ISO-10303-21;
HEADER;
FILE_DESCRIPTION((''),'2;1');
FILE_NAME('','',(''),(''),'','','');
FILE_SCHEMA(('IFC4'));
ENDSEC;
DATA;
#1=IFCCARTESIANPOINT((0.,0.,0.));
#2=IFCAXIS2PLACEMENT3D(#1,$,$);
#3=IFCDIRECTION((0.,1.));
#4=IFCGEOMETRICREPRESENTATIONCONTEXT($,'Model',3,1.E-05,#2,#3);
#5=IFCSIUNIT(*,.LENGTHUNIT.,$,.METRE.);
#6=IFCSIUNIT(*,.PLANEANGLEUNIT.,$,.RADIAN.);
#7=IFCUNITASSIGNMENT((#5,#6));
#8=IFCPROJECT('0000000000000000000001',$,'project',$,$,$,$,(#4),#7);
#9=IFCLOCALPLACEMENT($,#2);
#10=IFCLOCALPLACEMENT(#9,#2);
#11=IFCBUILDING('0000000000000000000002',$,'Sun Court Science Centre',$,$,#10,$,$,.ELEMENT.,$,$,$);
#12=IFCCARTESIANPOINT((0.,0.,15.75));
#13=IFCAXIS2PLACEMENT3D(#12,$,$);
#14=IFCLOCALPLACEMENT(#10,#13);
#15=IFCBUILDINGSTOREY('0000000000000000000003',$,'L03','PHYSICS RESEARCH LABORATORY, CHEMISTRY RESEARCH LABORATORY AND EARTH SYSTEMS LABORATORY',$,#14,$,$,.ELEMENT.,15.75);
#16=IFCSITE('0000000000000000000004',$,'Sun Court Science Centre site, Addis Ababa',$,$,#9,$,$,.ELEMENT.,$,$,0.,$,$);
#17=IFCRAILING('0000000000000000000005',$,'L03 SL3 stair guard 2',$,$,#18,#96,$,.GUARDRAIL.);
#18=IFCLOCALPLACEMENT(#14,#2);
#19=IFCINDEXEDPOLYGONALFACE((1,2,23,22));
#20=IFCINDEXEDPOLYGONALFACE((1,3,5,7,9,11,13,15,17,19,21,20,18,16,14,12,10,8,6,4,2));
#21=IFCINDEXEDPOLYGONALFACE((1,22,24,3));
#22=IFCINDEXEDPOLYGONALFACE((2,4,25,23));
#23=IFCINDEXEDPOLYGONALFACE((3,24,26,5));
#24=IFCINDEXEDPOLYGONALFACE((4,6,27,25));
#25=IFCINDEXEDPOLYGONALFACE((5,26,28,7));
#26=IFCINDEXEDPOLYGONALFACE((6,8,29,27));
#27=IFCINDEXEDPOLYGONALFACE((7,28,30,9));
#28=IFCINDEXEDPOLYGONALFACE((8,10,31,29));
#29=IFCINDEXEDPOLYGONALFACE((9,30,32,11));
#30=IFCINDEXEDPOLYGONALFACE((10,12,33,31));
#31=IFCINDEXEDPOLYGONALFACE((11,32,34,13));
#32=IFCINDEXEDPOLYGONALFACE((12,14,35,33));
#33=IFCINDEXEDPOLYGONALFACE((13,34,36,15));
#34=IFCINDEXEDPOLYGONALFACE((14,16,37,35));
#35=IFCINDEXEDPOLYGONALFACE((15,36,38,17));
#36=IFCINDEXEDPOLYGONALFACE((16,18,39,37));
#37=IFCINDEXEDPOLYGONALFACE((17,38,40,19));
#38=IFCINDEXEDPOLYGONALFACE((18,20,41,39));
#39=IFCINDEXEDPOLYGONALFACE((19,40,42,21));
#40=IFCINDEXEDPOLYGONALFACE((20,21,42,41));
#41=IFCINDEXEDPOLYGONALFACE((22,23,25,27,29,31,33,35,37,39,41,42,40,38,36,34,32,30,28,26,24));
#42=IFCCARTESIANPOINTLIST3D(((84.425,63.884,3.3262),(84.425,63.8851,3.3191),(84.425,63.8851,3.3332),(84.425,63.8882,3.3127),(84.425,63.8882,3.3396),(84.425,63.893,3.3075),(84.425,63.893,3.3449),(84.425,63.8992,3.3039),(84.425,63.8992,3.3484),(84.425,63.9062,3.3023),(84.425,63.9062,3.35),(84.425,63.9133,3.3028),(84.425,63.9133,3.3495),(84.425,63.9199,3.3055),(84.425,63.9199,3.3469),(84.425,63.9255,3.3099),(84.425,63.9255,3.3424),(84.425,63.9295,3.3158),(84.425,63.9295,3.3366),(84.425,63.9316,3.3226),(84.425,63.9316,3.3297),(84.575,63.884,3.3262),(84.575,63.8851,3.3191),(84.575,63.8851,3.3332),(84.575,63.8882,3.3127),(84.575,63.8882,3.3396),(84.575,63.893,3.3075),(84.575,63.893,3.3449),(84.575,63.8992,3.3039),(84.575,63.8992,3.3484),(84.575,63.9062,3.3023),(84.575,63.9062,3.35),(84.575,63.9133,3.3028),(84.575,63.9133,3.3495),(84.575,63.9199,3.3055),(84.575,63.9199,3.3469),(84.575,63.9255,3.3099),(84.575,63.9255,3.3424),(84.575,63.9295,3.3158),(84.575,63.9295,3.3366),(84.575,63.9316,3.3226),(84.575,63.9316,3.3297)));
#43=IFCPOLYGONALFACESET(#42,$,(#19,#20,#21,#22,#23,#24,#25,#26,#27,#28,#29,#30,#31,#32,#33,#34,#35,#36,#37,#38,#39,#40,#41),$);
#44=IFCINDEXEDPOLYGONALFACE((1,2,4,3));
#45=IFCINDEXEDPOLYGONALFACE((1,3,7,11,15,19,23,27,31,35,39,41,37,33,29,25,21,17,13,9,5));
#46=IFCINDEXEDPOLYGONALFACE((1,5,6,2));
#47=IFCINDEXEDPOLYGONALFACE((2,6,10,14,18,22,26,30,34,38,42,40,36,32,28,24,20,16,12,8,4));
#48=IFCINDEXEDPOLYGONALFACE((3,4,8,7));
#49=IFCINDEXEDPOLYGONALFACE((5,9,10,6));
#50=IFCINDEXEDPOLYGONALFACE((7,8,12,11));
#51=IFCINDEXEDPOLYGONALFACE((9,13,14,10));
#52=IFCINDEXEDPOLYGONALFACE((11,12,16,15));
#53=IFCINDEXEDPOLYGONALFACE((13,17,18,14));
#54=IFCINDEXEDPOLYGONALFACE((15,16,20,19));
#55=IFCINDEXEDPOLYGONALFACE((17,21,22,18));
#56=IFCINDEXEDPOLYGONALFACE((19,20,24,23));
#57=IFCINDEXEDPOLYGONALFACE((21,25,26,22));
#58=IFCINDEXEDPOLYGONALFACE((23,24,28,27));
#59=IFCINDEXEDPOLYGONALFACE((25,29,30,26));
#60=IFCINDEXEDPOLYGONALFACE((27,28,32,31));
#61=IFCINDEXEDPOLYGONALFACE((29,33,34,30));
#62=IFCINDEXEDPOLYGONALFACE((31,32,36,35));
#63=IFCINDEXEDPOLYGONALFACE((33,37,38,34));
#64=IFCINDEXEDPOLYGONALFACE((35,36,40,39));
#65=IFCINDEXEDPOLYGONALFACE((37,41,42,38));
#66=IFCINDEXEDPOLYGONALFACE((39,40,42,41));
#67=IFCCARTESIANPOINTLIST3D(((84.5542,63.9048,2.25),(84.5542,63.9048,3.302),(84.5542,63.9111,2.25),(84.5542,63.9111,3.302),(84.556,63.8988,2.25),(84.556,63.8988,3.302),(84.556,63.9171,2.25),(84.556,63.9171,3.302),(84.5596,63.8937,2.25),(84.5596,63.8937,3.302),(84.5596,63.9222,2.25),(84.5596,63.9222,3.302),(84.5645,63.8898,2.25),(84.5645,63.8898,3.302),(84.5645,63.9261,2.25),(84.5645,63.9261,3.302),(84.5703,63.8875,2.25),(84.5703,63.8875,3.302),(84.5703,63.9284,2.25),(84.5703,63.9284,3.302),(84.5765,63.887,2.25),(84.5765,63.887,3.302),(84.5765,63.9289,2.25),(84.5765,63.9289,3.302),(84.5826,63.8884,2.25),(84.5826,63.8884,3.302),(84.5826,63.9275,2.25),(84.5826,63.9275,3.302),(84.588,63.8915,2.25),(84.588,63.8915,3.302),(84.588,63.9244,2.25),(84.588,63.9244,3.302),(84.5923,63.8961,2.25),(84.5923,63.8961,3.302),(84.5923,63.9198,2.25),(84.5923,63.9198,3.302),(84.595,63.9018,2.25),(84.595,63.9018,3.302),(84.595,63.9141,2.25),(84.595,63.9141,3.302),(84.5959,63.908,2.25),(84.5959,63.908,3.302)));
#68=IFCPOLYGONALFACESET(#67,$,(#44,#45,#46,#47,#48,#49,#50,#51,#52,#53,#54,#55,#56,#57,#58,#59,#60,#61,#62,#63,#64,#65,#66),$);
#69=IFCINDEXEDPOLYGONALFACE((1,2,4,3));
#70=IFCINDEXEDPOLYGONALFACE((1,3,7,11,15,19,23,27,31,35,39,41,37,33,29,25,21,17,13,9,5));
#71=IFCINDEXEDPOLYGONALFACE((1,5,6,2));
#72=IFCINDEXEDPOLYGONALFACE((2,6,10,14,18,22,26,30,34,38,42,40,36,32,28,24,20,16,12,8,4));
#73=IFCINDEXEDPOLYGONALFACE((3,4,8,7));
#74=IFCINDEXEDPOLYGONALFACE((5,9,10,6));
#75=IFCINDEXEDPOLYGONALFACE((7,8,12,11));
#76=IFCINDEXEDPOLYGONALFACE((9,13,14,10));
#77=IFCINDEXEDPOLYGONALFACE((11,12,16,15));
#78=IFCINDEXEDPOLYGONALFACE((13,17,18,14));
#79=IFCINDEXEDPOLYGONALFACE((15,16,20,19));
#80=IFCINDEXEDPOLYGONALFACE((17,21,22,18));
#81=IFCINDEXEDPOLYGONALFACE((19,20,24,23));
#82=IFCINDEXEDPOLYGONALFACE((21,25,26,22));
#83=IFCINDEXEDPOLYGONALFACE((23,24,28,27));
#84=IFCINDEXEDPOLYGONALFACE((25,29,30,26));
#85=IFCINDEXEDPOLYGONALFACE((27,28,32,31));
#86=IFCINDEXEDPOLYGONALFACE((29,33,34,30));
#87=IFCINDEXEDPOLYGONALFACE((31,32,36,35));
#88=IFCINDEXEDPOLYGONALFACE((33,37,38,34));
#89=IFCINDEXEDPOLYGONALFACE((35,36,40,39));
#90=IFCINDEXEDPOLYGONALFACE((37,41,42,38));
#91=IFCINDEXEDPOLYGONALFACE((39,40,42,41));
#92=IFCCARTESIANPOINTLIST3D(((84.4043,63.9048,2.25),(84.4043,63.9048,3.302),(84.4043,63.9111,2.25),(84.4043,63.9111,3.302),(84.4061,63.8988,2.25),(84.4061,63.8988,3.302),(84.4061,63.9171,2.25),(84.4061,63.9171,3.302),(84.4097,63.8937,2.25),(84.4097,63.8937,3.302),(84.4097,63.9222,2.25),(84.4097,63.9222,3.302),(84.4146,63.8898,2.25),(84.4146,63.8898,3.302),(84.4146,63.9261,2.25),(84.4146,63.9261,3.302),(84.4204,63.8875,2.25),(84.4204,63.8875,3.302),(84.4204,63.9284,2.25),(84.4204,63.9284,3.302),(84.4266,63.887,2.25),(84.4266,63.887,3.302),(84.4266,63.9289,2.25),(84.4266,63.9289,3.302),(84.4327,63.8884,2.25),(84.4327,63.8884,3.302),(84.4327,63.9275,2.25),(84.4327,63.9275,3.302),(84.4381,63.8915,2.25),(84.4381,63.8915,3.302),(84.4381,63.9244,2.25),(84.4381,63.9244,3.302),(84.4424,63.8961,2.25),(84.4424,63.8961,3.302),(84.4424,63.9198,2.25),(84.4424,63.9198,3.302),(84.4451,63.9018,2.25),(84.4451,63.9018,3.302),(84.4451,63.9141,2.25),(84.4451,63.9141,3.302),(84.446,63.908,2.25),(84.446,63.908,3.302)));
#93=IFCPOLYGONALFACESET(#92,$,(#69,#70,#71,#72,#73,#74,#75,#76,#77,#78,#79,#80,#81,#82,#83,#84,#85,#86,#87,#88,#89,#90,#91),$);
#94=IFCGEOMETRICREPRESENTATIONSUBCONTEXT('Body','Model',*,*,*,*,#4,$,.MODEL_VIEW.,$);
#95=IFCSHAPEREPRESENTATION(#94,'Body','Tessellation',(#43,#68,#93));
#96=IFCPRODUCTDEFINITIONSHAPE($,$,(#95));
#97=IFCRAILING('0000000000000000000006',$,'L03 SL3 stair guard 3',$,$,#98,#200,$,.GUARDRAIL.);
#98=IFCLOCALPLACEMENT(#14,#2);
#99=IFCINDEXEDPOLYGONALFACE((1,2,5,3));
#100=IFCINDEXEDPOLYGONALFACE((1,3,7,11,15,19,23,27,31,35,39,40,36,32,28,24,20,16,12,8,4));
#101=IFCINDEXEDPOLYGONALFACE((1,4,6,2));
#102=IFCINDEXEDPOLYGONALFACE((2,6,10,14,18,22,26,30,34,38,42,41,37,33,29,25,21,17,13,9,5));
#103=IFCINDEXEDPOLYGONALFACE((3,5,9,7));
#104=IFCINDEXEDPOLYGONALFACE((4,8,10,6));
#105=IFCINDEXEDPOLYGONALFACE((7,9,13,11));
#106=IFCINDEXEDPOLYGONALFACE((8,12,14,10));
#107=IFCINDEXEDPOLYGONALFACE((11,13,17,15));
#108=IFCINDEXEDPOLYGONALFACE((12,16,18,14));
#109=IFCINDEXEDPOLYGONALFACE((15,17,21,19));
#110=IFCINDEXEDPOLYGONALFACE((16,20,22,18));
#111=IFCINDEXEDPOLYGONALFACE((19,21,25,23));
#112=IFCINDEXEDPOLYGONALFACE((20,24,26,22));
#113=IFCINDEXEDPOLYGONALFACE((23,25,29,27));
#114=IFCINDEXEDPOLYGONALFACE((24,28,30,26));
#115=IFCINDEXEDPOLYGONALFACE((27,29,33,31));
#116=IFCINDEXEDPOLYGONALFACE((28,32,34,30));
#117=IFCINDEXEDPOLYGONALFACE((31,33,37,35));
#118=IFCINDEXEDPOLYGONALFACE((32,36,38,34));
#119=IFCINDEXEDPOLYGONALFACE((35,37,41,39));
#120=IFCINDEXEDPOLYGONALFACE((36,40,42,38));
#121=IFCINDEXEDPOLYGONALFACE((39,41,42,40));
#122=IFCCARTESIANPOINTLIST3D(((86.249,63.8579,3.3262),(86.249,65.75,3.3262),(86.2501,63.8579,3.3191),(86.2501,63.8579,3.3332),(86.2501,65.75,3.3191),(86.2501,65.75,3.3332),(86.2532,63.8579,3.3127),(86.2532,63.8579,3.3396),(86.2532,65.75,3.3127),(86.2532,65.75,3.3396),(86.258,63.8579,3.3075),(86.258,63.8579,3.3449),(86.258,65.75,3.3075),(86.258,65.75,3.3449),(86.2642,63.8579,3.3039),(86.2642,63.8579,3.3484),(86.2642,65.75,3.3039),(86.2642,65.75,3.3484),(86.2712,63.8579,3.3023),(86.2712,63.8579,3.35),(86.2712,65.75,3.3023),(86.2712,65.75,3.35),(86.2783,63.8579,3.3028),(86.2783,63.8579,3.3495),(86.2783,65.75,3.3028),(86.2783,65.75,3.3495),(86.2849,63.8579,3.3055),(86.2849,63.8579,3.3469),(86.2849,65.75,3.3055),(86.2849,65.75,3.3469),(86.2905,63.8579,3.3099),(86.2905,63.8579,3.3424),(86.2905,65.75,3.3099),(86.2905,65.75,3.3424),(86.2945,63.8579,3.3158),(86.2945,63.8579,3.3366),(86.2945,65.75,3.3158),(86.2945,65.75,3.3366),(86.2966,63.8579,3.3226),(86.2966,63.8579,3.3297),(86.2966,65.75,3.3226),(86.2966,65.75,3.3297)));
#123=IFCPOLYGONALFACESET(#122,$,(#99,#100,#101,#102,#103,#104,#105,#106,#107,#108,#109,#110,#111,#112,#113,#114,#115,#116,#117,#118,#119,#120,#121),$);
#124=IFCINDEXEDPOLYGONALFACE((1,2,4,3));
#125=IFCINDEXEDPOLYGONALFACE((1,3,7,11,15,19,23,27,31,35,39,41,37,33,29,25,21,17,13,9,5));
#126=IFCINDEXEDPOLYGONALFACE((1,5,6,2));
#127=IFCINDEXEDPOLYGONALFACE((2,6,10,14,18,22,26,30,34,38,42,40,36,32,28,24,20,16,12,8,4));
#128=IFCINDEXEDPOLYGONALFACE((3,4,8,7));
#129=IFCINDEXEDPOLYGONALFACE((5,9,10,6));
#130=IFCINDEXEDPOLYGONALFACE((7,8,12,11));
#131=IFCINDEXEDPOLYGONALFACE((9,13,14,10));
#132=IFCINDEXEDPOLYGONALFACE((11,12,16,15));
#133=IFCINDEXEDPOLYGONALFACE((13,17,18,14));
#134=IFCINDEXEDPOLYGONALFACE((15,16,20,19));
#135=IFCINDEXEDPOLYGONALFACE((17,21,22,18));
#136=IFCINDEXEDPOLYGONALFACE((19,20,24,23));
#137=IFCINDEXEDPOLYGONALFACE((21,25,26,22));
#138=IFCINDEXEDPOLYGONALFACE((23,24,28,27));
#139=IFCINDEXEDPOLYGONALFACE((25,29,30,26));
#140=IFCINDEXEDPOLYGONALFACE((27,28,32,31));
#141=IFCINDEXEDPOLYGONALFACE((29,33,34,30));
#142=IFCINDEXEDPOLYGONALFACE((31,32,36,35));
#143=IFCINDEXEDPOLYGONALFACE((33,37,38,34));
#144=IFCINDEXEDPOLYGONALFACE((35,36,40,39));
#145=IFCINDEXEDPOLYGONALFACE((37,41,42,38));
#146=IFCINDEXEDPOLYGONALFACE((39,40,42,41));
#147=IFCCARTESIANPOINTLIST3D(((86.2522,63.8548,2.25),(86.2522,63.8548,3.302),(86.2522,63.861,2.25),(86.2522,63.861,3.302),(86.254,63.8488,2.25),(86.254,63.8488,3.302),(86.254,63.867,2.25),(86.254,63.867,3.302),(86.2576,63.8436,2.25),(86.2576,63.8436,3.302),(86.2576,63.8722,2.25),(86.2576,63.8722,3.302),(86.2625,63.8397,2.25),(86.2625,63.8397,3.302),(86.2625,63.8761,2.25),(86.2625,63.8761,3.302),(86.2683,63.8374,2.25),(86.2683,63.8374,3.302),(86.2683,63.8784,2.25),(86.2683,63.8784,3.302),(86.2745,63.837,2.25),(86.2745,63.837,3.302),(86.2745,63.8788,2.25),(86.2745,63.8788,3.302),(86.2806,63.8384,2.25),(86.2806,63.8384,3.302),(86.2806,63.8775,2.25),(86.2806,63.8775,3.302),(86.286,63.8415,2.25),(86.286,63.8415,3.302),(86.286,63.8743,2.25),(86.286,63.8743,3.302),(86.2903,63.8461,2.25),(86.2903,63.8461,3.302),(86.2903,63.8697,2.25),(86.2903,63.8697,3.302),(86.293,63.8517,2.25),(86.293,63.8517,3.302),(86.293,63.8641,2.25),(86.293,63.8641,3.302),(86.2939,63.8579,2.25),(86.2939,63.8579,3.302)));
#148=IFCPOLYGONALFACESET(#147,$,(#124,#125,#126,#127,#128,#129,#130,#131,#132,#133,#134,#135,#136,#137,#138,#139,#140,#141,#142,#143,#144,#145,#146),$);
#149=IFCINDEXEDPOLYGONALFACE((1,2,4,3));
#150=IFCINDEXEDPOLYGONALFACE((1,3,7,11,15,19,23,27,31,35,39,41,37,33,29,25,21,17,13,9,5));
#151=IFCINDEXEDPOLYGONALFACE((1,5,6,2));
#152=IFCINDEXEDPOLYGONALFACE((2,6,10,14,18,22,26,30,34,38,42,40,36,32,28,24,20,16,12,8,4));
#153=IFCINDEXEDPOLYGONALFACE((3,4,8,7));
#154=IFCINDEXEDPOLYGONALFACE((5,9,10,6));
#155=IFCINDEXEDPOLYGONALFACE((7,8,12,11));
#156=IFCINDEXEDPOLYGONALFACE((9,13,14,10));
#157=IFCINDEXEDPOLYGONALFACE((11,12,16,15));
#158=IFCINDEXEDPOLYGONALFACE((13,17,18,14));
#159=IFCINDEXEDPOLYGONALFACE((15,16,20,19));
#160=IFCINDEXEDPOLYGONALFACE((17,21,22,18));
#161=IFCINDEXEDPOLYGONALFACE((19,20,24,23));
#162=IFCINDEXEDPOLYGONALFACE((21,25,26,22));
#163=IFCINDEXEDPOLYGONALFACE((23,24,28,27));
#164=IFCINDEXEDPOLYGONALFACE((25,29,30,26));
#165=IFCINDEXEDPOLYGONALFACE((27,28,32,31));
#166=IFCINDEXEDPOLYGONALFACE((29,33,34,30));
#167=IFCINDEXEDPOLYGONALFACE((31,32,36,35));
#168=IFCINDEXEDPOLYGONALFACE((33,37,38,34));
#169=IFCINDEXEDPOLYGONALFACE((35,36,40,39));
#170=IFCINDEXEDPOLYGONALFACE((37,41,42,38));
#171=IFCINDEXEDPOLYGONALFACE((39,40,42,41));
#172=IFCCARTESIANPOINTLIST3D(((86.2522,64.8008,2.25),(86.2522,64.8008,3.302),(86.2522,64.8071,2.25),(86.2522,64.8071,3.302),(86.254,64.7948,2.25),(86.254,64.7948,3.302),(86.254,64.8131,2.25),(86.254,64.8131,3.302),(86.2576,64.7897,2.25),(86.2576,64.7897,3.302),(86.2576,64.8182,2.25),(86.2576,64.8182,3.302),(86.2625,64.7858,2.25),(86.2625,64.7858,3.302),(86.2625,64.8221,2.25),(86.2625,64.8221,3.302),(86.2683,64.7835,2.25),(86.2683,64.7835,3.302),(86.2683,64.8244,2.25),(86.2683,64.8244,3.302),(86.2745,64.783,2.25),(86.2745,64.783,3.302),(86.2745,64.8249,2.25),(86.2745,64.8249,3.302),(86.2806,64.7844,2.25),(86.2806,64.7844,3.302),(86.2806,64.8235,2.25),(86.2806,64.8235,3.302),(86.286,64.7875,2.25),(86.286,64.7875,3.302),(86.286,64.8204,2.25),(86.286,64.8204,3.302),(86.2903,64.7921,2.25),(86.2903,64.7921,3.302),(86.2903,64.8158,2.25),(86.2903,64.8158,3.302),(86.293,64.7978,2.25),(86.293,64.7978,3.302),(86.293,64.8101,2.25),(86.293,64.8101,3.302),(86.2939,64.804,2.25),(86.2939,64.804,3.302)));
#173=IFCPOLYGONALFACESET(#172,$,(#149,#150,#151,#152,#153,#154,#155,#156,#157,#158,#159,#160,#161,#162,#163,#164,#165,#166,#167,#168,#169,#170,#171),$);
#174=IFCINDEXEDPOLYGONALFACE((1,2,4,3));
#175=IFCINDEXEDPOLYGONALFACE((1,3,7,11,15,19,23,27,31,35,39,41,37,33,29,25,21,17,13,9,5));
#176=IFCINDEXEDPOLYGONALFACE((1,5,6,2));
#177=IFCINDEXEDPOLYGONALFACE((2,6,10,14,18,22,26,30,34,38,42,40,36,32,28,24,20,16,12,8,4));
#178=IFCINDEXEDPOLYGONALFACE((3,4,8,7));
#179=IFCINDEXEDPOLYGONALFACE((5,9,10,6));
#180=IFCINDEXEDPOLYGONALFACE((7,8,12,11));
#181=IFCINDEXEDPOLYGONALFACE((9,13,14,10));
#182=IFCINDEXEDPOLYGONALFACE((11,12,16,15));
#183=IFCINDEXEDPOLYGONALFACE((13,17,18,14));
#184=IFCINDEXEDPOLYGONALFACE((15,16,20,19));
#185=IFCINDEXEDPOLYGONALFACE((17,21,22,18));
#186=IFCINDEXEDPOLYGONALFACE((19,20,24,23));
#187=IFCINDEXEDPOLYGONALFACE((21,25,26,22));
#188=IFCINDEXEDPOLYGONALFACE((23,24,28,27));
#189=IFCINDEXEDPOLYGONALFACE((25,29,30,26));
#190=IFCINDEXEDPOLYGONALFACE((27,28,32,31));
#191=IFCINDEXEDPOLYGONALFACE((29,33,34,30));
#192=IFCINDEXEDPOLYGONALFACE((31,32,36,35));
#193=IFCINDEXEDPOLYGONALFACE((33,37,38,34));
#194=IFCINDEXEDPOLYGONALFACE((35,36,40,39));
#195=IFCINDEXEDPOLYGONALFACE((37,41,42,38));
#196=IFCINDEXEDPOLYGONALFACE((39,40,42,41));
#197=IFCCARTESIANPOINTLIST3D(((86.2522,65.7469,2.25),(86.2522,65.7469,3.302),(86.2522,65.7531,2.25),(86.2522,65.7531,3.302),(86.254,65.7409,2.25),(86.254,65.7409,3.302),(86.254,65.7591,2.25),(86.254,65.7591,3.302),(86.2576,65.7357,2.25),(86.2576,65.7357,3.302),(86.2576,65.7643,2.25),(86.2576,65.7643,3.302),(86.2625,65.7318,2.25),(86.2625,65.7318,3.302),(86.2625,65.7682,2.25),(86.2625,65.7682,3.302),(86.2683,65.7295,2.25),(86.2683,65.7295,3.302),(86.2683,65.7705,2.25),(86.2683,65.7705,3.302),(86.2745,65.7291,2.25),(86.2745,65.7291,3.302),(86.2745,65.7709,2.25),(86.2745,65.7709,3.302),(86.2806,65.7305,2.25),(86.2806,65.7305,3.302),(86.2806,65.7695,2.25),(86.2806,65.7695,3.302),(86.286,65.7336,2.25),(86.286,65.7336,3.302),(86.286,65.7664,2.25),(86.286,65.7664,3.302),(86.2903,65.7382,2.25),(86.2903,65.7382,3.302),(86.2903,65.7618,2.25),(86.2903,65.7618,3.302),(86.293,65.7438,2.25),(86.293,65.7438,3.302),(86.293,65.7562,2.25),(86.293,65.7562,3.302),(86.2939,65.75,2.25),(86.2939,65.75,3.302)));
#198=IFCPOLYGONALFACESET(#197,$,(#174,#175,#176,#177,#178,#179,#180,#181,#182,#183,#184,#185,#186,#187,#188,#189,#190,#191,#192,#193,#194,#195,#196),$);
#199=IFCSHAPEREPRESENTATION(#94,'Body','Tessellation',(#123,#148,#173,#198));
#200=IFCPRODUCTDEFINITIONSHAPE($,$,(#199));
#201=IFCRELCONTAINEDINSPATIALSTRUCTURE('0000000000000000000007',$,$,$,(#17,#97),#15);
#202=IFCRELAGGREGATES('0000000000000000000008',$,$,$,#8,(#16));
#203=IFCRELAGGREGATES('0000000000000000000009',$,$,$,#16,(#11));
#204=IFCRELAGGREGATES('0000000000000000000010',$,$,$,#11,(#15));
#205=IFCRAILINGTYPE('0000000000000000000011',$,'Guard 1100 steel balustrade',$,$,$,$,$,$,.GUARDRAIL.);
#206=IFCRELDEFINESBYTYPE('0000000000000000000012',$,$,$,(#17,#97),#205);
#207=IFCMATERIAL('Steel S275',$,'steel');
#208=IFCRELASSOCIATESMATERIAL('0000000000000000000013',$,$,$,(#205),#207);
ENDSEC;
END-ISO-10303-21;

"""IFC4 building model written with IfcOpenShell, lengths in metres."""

from ifc_helpers import new_model, si_unit, direction, frame, origin, origin_2d, place, context, subcontext, project, spatial, circle, extrude, material, type_object, element, save


model = new_model("IFC4")

# Units and contexts
model_context = context("Model", 3, precision=1e-05, world=origin(), true_north=direction((0.0, 1.0)))
body_context = subcontext(model_context, "Body", "Model", "MODEL_VIEW")
ifc_project = project(units=[si_unit("LENGTHUNIT", "METRE"), si_unit("PLANEANGLEUNIT", "RADIAN")], contexts=[model_context])

# Site, building, storey
site_placement = place(None, origin())
site = spatial("IfcSite", under=ifc_project, at=site_placement, Name="Sun Court Science Centre site, Addis Ababa", CompositionType="ELEMENT", RefElevation=0.0)
building_placement = place(site_placement, origin())
building = spatial("IfcBuilding", under=site, at=building_placement, Name="Sun Court Science Centre", CompositionType="ELEMENT")
storey_placement = place(building_placement, frame((0.0, 0.0, 15.75)))
storey = spatial("IfcBuildingStorey", under=building, at=storey_placement, Name="L03", Description="PHYSICS RESEARCH LABORATORY, CHEMISTRY RESEARCH LABORATORY AND EARTH SYSTEMS LABORATORY", CompositionType="ELEMENT", Elevation=15.75)

# Railings
ifc_material_1 = material(Name="Steel S275", Category="steel")
railing_type_1 = type_object("IfcRailingType", Name="Guard 1100 steel balustrade", PredefinedType="GUARDRAIL", material=ifc_material_1)
railing_1_placement = place(storey_placement, frame((84.575, 63.908, 2.25)))
element("IfcRailing", 1, at=railing_1_placement, inside=storey, type_object=railing_type_1, Name="L03 SL3 stair guard 2", PredefinedType="GUARDRAIL", context=body_context, shape_type="SweptSolid", body=[
    extrude(circle(Radius=0.0239, at=origin_2d()), frame((0.0, 0.0, 1.0762), z_axis=(-1.0, 0.0, 0.0), x_axis=(0.0, -1.0, 0.0)), (0.0, 0.0, 1.0), 0.1499),
    extrude(circle(Radius=0.021, at=origin_2d()), origin(), (0.0, 0.0, 1.0), 1.052),
    extrude(circle(Radius=0.021, at=origin_2d()), frame((-0.1499, 0.0, 0.0)), (0.0, 0.0, 1.0), 1.052),
])
for number, where, name in (
    (2, (86.2729, 63.8579, 2.25), "L03 SL3 stair guard 3"),
):
    element("IfcRailing", number, at=place(storey_placement, frame(where)), inside=storey, type_object=railing_type_1, Name=name, PredefinedType="GUARDRAIL", context=body_context, shape_type="SweptSolid", body=[
        extrude(circle(Radius=0.0239, at=origin_2d()), frame((0.0, 0.0, 1.0762), z_axis=(0.0, 1.0, 0.0), x_axis=(-1.0, 0.0, 0.0)), (0.0, 0.0, 1.0), 1.8921),
        extrude(circle(Radius=0.021, at=origin_2d()), origin(), (0.0, 0.0, 1.0), 1.052),
        extrude(circle(Radius=0.021, at=origin_2d()), frame((0.0, 0.946, 0.0)), (0.0, 0.0, 1.0), 1.052),
        extrude(circle(Radius=0.021, at=origin_2d()), frame((0.0, 1.8921, 0.0)), (0.0, 0.0, 1.0), 1.052),
    ])

save(model, "model.ifc")
